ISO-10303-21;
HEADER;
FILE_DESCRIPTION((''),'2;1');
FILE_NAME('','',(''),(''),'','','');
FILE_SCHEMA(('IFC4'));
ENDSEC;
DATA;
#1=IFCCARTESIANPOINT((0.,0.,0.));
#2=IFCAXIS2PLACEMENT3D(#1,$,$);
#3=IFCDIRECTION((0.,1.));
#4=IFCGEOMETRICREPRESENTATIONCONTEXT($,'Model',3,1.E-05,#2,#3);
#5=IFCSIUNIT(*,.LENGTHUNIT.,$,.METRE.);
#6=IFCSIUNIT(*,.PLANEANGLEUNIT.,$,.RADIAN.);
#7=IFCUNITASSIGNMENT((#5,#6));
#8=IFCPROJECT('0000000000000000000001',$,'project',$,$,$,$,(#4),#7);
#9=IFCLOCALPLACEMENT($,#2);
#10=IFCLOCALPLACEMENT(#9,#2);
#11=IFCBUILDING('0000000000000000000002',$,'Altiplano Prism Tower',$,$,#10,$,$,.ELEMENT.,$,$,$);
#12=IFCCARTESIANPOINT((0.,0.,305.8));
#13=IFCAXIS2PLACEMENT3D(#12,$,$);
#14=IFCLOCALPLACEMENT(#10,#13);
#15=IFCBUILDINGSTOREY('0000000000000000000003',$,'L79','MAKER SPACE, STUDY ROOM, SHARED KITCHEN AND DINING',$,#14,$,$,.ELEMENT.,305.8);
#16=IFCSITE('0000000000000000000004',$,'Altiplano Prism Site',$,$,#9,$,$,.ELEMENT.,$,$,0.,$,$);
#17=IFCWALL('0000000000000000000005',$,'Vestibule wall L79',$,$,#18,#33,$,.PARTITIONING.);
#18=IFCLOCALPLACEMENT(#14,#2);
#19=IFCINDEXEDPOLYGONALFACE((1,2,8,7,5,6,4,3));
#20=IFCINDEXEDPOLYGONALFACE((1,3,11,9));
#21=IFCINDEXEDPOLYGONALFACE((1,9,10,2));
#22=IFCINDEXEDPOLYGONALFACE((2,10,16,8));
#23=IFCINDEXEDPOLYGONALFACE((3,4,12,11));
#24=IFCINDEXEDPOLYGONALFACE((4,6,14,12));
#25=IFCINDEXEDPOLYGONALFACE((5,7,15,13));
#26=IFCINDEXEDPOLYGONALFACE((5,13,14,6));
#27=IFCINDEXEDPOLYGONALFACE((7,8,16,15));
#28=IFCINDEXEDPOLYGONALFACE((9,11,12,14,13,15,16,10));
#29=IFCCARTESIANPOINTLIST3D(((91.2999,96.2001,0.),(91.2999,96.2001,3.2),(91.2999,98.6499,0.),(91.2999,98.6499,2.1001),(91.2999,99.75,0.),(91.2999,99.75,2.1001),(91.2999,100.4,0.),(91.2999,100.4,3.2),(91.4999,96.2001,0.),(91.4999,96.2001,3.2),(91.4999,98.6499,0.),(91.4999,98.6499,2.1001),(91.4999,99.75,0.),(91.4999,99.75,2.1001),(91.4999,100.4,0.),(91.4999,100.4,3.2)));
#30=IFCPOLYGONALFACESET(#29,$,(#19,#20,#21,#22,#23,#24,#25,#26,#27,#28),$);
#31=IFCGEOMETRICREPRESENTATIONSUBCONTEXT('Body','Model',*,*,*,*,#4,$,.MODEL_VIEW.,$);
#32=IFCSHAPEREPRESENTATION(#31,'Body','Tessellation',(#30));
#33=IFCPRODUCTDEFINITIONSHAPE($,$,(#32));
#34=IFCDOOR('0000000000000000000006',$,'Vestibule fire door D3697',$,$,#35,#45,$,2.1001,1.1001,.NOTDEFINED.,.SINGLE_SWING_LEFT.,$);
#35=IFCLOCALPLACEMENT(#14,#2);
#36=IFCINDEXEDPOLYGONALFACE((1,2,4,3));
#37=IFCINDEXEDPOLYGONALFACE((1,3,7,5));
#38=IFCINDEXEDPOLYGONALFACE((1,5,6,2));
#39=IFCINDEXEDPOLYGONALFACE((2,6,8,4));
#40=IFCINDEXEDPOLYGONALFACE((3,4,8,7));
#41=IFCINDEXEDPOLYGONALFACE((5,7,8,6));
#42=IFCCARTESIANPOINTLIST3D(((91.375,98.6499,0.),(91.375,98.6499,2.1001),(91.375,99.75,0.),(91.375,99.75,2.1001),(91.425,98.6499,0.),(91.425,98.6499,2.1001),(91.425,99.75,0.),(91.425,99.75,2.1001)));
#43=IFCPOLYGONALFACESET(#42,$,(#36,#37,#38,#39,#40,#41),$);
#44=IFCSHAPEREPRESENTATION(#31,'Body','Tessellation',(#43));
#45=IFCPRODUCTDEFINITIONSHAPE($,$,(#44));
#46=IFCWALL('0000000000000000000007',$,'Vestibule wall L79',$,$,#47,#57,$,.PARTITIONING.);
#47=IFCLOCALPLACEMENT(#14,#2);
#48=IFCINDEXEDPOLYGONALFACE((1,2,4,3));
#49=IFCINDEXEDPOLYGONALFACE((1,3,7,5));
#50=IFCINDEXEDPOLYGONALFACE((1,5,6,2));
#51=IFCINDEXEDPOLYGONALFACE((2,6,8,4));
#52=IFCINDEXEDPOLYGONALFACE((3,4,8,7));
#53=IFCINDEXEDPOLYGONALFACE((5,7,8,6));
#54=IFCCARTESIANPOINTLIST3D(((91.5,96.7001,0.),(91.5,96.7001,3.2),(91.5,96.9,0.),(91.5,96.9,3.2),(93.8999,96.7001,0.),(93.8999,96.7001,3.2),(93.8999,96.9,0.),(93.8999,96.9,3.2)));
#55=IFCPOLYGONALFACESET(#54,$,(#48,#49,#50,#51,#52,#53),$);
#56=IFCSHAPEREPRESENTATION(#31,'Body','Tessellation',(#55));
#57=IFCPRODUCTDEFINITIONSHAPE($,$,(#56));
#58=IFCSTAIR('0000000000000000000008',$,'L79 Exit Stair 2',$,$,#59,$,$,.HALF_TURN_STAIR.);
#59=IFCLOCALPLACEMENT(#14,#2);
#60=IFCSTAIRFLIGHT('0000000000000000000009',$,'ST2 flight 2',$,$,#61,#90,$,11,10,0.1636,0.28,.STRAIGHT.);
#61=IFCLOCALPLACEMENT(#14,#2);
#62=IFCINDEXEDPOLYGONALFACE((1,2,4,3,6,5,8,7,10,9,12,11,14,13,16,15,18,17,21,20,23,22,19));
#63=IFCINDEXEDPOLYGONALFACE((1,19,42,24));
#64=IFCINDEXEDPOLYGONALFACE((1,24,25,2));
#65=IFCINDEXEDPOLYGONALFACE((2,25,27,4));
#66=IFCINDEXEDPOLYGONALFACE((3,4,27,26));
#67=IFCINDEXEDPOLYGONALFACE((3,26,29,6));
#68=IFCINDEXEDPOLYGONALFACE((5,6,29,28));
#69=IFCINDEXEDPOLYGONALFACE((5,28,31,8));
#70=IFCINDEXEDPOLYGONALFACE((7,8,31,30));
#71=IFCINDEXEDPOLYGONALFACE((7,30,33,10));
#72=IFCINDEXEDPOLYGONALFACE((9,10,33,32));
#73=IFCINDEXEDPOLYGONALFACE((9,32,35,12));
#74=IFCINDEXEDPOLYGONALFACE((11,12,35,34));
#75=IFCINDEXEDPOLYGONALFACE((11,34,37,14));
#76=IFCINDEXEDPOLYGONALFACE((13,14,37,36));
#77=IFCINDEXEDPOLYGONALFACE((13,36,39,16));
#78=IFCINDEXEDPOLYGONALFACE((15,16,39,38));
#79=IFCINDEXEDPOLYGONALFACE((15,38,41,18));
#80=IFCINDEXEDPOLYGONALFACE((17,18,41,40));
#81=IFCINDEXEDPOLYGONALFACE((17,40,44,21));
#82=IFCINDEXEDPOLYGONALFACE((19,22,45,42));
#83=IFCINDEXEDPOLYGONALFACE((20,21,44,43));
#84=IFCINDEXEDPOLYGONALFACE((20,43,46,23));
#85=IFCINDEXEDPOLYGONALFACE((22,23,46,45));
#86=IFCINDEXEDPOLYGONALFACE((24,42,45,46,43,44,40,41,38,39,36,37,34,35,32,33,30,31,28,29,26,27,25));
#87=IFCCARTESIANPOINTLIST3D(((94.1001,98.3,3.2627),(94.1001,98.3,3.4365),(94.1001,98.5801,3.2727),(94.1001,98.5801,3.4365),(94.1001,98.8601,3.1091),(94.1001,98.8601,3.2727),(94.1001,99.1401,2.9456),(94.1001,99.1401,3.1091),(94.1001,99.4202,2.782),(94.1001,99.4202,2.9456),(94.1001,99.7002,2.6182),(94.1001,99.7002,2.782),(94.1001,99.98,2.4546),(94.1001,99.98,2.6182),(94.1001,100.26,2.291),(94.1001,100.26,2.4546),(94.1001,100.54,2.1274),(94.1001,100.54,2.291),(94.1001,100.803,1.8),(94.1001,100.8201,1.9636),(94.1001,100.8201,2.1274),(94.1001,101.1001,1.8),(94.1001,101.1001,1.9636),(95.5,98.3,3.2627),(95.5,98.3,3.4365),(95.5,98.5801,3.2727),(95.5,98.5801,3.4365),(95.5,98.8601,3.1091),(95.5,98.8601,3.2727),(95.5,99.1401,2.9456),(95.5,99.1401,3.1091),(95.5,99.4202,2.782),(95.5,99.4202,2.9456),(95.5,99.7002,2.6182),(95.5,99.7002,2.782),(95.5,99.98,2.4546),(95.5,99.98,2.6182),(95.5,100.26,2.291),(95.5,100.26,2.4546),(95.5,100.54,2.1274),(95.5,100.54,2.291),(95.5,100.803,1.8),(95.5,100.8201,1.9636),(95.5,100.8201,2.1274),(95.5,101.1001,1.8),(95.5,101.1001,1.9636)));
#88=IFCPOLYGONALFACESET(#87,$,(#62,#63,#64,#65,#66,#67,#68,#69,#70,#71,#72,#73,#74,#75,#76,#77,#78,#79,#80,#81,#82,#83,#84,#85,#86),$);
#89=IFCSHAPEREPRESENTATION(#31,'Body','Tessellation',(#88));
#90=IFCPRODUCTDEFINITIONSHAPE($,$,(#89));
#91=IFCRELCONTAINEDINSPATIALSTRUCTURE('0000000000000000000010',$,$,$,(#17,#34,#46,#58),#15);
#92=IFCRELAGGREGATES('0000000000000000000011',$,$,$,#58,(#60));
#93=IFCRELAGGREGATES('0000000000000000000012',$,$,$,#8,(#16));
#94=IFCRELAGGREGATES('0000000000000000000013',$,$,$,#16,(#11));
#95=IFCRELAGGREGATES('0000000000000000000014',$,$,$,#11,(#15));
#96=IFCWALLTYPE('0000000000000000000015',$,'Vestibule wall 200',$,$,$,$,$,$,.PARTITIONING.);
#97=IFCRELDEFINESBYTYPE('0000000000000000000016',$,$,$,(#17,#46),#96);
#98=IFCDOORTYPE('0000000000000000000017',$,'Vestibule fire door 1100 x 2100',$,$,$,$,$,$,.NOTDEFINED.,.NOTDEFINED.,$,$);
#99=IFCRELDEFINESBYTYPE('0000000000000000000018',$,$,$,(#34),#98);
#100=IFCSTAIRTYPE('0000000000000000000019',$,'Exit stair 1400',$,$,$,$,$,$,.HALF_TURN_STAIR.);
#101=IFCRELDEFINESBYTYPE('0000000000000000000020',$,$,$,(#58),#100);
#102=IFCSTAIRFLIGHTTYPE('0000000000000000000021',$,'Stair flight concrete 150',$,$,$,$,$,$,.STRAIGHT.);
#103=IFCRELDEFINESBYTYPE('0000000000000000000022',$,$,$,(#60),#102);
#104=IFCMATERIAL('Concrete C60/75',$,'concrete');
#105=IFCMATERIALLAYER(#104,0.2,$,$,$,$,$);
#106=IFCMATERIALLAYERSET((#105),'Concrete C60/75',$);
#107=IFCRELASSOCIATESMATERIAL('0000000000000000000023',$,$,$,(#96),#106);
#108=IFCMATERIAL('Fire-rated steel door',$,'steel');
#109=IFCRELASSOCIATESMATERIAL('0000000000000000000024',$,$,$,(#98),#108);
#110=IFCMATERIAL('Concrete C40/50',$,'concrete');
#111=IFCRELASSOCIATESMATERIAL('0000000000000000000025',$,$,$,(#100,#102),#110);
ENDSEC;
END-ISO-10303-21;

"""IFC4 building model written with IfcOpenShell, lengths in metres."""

from ifc_helpers import new_model, si_unit, direction, frame, frame_2d, origin, place, context, subcontext, project, spatial, polyline, rectangle, outline, extrude, material, layer, layer_set, type_object, element, fill, aggregate, save


model = new_model("IFC4")

# Units and contexts
model_context = context("Model", 3, precision=1e-05, world=origin(), true_north=direction((0.0, 1.0)))
body_context = subcontext(model_context, "Body", "Model", "MODEL_VIEW")
ifc_project = project(units=[si_unit("LENGTHUNIT", "METRE"), si_unit("PLANEANGLEUNIT", "RADIAN")], contexts=[model_context])

# Site, building, storey
site_placement = place(None, origin())
site = spatial("IfcSite", under=ifc_project, at=site_placement, Name="Altiplano Prism Site", CompositionType="ELEMENT", RefElevation=0.0)
building_placement = place(site_placement, origin())
building = spatial("IfcBuilding", under=site, at=building_placement, Name="Altiplano Prism Tower", CompositionType="ELEMENT")
storey_placement = place(building_placement, frame((0.0, 0.0, 305.8)))
storey = spatial("IfcBuildingStorey", under=building, at=storey_placement, Name="L79", Description="MAKER SPACE, STUDY ROOM, SHARED KITCHEN AND DINING", CompositionType="ELEMENT", Elevation=305.8)

# Shared definitions
ifc_material_1 = material(Name="Concrete C60/75", Category="concrete")

# Shared definitions
ifc_material_2 = material(Name="Fire-rated steel door", Category="steel")

# Shared definitions
ifc_layer_1 = layer(ifc_material_1, 0.2)
ifc_layer_set_1 = layer_set([ifc_layer_1], Name="Concrete C60/75")
wall_type_1 = type_object("IfcWallType", Name="Vestibule wall 200", PredefinedType="PARTITIONING", material=ifc_layer_set_1)
door_type_1 = type_object("IfcDoorType", Name="Vestibule fire door 1100 x 2100", OperationType="NOTDEFINED", PredefinedType="NOTDEFINED", material=ifc_material_2)

# Wall, opening, door
wall_1_placement = place(storey_placement, frame((91.3999, 96.2, 0.0), z_axis=(0.0, 0.0, 1.0), x_axis=(0.0, 1.0, 0.0)))
wall_1 = element("IfcWall", 1, at=wall_1_placement, inside=storey, type_object=wall_type_1, Name="Vestibule wall L79", PredefinedType="PARTITIONING", context=body_context, shape_type="SweptSolid", body=[
    extrude(rectangle(XDim=4.2, YDim=0.2, at=frame_2d((2.1001, 0.0))), origin(), (0.0, 0.0, 1.0), 3.2),
])
opening_1_placement = place(wall_1_placement, frame((2.45, 0.0, 0.0)))
opening_1 = element("IfcOpeningElement", 2, at=opening_1_placement, cuts=wall_1, PredefinedType="OPENING", context=body_context, shape_type="SweptSolid", body=[
    extrude(rectangle(XDim=1.1001, YDim=2.1001, at=frame_2d((0.55, 1.05))), frame((0.0, 0.1104, 0.0), z_axis=(0.0, -1.0, 0.0), x_axis=(1.0, 0.0, 0.0)), (0.0, 0.0, 1.0), 0.2209),
])
door_1_placement = place(opening_1_placement, origin())
door_1 = element("IfcDoor", 3, at=door_1_placement, inside=storey, type_object=door_type_1, Name="Vestibule fire door D3697", OperationType="SINGLE_SWING_LEFT", OverallHeight=2.1001, OverallWidth=1.1001, PredefinedType="NOTDEFINED", context=body_context, shape_type="SweptSolid", body=[
    extrude(rectangle(XDim=1.1001, YDim=2.1001, at=frame_2d((0.55, 1.05))), frame((0.0, 0.0249, 0.0), z_axis=(0.0, -1.0, 0.0), x_axis=(1.0, 0.0, 0.0)), (0.0, 0.0, 1.0), 0.05),
])
fill(opening_1, door_1)

# Wall
wall_2_placement = place(storey_placement, frame((91.5, 96.8, 0.0), z_axis=(0.0, 0.0, 1.0), x_axis=(1.0, 0.0, 0.0)))
element("IfcWall", 4, at=wall_2_placement, inside=storey, type_object=wall_type_1, Name="Vestibule wall L79", PredefinedType="PARTITIONING", context=body_context, shape_type="SweptSolid", body=[
    extrude(rectangle(XDim=2.3999, YDim=0.2, at=frame_2d((1.2, 0.0))), origin(), (0.0, 0.0, 1.0), 3.2),
])

# Stair, stair flight
ifc_material_3 = material(Name="Concrete C40/50", Category="concrete")
stair_type = type_object("IfcStairType", Name="Exit stair 1400", PredefinedType="HALF_TURN_STAIR", material=ifc_material_3)
stair_placement = place(storey_placement, origin())
stair = element("IfcStair", 5, at=stair_placement, inside=storey, type_object=stair_type, Name="L79 Exit Stair 2", PredefinedType="HALF_TURN_STAIR")
stair_flight_type = type_object("IfcStairFlightType", Name="Stair flight concrete 150", PredefinedType="STRAIGHT", material=ifc_material_3)
stair_flight_placement = place(storey_placement, frame((94.8, 101.1001, 1.8), z_axis=(0.0, 0.0, 1.0), x_axis=(0.0, -1.0, 0.0)))
stair_flight = element("IfcStairFlight", 6, at=stair_flight_placement, type_object=stair_flight_type, Name="ST2 flight 2", NumberOfRisers=11, NumberOfTreads=10, PredefinedType="STRAIGHT", RiserHeight=0.1636, TreadLength=0.28, context=body_context, shape_type="SweptSolid", body=[
    extrude(outline(polyline([(0.0, 0.0), (0.0, 0.1636), (0.28, 0.1636), (0.28, 0.3274), (0.5601, 0.3274), (0.5601, 0.491), (0.8401, 0.491), (0.8401, 0.6545), (1.1201, 0.6545), (1.1201, 0.8181), (1.3999, 0.8181), (1.3999, 0.9819), (1.6799, 0.9819), (1.6799, 1.1455), (1.96, 1.1455), (1.96, 1.3091), (2.24, 1.3091), (2.24, 1.4727), (2.52, 1.4727), (2.52, 1.6365), (2.8, 1.6365), (2.8, 1.8), (2.8, 1.4626), (0.2971, 0.0), (0.0, 0.0)])), frame((0.0, 0.7, 0.0), z_axis=(0.0, -1.0, 0.0), x_axis=(1.0, 0.0, 0.0)), (0.0, 0.0, 1.0), 1.3999),
])
aggregate(stair, [stair_flight])

save(model, "model.ifc")
